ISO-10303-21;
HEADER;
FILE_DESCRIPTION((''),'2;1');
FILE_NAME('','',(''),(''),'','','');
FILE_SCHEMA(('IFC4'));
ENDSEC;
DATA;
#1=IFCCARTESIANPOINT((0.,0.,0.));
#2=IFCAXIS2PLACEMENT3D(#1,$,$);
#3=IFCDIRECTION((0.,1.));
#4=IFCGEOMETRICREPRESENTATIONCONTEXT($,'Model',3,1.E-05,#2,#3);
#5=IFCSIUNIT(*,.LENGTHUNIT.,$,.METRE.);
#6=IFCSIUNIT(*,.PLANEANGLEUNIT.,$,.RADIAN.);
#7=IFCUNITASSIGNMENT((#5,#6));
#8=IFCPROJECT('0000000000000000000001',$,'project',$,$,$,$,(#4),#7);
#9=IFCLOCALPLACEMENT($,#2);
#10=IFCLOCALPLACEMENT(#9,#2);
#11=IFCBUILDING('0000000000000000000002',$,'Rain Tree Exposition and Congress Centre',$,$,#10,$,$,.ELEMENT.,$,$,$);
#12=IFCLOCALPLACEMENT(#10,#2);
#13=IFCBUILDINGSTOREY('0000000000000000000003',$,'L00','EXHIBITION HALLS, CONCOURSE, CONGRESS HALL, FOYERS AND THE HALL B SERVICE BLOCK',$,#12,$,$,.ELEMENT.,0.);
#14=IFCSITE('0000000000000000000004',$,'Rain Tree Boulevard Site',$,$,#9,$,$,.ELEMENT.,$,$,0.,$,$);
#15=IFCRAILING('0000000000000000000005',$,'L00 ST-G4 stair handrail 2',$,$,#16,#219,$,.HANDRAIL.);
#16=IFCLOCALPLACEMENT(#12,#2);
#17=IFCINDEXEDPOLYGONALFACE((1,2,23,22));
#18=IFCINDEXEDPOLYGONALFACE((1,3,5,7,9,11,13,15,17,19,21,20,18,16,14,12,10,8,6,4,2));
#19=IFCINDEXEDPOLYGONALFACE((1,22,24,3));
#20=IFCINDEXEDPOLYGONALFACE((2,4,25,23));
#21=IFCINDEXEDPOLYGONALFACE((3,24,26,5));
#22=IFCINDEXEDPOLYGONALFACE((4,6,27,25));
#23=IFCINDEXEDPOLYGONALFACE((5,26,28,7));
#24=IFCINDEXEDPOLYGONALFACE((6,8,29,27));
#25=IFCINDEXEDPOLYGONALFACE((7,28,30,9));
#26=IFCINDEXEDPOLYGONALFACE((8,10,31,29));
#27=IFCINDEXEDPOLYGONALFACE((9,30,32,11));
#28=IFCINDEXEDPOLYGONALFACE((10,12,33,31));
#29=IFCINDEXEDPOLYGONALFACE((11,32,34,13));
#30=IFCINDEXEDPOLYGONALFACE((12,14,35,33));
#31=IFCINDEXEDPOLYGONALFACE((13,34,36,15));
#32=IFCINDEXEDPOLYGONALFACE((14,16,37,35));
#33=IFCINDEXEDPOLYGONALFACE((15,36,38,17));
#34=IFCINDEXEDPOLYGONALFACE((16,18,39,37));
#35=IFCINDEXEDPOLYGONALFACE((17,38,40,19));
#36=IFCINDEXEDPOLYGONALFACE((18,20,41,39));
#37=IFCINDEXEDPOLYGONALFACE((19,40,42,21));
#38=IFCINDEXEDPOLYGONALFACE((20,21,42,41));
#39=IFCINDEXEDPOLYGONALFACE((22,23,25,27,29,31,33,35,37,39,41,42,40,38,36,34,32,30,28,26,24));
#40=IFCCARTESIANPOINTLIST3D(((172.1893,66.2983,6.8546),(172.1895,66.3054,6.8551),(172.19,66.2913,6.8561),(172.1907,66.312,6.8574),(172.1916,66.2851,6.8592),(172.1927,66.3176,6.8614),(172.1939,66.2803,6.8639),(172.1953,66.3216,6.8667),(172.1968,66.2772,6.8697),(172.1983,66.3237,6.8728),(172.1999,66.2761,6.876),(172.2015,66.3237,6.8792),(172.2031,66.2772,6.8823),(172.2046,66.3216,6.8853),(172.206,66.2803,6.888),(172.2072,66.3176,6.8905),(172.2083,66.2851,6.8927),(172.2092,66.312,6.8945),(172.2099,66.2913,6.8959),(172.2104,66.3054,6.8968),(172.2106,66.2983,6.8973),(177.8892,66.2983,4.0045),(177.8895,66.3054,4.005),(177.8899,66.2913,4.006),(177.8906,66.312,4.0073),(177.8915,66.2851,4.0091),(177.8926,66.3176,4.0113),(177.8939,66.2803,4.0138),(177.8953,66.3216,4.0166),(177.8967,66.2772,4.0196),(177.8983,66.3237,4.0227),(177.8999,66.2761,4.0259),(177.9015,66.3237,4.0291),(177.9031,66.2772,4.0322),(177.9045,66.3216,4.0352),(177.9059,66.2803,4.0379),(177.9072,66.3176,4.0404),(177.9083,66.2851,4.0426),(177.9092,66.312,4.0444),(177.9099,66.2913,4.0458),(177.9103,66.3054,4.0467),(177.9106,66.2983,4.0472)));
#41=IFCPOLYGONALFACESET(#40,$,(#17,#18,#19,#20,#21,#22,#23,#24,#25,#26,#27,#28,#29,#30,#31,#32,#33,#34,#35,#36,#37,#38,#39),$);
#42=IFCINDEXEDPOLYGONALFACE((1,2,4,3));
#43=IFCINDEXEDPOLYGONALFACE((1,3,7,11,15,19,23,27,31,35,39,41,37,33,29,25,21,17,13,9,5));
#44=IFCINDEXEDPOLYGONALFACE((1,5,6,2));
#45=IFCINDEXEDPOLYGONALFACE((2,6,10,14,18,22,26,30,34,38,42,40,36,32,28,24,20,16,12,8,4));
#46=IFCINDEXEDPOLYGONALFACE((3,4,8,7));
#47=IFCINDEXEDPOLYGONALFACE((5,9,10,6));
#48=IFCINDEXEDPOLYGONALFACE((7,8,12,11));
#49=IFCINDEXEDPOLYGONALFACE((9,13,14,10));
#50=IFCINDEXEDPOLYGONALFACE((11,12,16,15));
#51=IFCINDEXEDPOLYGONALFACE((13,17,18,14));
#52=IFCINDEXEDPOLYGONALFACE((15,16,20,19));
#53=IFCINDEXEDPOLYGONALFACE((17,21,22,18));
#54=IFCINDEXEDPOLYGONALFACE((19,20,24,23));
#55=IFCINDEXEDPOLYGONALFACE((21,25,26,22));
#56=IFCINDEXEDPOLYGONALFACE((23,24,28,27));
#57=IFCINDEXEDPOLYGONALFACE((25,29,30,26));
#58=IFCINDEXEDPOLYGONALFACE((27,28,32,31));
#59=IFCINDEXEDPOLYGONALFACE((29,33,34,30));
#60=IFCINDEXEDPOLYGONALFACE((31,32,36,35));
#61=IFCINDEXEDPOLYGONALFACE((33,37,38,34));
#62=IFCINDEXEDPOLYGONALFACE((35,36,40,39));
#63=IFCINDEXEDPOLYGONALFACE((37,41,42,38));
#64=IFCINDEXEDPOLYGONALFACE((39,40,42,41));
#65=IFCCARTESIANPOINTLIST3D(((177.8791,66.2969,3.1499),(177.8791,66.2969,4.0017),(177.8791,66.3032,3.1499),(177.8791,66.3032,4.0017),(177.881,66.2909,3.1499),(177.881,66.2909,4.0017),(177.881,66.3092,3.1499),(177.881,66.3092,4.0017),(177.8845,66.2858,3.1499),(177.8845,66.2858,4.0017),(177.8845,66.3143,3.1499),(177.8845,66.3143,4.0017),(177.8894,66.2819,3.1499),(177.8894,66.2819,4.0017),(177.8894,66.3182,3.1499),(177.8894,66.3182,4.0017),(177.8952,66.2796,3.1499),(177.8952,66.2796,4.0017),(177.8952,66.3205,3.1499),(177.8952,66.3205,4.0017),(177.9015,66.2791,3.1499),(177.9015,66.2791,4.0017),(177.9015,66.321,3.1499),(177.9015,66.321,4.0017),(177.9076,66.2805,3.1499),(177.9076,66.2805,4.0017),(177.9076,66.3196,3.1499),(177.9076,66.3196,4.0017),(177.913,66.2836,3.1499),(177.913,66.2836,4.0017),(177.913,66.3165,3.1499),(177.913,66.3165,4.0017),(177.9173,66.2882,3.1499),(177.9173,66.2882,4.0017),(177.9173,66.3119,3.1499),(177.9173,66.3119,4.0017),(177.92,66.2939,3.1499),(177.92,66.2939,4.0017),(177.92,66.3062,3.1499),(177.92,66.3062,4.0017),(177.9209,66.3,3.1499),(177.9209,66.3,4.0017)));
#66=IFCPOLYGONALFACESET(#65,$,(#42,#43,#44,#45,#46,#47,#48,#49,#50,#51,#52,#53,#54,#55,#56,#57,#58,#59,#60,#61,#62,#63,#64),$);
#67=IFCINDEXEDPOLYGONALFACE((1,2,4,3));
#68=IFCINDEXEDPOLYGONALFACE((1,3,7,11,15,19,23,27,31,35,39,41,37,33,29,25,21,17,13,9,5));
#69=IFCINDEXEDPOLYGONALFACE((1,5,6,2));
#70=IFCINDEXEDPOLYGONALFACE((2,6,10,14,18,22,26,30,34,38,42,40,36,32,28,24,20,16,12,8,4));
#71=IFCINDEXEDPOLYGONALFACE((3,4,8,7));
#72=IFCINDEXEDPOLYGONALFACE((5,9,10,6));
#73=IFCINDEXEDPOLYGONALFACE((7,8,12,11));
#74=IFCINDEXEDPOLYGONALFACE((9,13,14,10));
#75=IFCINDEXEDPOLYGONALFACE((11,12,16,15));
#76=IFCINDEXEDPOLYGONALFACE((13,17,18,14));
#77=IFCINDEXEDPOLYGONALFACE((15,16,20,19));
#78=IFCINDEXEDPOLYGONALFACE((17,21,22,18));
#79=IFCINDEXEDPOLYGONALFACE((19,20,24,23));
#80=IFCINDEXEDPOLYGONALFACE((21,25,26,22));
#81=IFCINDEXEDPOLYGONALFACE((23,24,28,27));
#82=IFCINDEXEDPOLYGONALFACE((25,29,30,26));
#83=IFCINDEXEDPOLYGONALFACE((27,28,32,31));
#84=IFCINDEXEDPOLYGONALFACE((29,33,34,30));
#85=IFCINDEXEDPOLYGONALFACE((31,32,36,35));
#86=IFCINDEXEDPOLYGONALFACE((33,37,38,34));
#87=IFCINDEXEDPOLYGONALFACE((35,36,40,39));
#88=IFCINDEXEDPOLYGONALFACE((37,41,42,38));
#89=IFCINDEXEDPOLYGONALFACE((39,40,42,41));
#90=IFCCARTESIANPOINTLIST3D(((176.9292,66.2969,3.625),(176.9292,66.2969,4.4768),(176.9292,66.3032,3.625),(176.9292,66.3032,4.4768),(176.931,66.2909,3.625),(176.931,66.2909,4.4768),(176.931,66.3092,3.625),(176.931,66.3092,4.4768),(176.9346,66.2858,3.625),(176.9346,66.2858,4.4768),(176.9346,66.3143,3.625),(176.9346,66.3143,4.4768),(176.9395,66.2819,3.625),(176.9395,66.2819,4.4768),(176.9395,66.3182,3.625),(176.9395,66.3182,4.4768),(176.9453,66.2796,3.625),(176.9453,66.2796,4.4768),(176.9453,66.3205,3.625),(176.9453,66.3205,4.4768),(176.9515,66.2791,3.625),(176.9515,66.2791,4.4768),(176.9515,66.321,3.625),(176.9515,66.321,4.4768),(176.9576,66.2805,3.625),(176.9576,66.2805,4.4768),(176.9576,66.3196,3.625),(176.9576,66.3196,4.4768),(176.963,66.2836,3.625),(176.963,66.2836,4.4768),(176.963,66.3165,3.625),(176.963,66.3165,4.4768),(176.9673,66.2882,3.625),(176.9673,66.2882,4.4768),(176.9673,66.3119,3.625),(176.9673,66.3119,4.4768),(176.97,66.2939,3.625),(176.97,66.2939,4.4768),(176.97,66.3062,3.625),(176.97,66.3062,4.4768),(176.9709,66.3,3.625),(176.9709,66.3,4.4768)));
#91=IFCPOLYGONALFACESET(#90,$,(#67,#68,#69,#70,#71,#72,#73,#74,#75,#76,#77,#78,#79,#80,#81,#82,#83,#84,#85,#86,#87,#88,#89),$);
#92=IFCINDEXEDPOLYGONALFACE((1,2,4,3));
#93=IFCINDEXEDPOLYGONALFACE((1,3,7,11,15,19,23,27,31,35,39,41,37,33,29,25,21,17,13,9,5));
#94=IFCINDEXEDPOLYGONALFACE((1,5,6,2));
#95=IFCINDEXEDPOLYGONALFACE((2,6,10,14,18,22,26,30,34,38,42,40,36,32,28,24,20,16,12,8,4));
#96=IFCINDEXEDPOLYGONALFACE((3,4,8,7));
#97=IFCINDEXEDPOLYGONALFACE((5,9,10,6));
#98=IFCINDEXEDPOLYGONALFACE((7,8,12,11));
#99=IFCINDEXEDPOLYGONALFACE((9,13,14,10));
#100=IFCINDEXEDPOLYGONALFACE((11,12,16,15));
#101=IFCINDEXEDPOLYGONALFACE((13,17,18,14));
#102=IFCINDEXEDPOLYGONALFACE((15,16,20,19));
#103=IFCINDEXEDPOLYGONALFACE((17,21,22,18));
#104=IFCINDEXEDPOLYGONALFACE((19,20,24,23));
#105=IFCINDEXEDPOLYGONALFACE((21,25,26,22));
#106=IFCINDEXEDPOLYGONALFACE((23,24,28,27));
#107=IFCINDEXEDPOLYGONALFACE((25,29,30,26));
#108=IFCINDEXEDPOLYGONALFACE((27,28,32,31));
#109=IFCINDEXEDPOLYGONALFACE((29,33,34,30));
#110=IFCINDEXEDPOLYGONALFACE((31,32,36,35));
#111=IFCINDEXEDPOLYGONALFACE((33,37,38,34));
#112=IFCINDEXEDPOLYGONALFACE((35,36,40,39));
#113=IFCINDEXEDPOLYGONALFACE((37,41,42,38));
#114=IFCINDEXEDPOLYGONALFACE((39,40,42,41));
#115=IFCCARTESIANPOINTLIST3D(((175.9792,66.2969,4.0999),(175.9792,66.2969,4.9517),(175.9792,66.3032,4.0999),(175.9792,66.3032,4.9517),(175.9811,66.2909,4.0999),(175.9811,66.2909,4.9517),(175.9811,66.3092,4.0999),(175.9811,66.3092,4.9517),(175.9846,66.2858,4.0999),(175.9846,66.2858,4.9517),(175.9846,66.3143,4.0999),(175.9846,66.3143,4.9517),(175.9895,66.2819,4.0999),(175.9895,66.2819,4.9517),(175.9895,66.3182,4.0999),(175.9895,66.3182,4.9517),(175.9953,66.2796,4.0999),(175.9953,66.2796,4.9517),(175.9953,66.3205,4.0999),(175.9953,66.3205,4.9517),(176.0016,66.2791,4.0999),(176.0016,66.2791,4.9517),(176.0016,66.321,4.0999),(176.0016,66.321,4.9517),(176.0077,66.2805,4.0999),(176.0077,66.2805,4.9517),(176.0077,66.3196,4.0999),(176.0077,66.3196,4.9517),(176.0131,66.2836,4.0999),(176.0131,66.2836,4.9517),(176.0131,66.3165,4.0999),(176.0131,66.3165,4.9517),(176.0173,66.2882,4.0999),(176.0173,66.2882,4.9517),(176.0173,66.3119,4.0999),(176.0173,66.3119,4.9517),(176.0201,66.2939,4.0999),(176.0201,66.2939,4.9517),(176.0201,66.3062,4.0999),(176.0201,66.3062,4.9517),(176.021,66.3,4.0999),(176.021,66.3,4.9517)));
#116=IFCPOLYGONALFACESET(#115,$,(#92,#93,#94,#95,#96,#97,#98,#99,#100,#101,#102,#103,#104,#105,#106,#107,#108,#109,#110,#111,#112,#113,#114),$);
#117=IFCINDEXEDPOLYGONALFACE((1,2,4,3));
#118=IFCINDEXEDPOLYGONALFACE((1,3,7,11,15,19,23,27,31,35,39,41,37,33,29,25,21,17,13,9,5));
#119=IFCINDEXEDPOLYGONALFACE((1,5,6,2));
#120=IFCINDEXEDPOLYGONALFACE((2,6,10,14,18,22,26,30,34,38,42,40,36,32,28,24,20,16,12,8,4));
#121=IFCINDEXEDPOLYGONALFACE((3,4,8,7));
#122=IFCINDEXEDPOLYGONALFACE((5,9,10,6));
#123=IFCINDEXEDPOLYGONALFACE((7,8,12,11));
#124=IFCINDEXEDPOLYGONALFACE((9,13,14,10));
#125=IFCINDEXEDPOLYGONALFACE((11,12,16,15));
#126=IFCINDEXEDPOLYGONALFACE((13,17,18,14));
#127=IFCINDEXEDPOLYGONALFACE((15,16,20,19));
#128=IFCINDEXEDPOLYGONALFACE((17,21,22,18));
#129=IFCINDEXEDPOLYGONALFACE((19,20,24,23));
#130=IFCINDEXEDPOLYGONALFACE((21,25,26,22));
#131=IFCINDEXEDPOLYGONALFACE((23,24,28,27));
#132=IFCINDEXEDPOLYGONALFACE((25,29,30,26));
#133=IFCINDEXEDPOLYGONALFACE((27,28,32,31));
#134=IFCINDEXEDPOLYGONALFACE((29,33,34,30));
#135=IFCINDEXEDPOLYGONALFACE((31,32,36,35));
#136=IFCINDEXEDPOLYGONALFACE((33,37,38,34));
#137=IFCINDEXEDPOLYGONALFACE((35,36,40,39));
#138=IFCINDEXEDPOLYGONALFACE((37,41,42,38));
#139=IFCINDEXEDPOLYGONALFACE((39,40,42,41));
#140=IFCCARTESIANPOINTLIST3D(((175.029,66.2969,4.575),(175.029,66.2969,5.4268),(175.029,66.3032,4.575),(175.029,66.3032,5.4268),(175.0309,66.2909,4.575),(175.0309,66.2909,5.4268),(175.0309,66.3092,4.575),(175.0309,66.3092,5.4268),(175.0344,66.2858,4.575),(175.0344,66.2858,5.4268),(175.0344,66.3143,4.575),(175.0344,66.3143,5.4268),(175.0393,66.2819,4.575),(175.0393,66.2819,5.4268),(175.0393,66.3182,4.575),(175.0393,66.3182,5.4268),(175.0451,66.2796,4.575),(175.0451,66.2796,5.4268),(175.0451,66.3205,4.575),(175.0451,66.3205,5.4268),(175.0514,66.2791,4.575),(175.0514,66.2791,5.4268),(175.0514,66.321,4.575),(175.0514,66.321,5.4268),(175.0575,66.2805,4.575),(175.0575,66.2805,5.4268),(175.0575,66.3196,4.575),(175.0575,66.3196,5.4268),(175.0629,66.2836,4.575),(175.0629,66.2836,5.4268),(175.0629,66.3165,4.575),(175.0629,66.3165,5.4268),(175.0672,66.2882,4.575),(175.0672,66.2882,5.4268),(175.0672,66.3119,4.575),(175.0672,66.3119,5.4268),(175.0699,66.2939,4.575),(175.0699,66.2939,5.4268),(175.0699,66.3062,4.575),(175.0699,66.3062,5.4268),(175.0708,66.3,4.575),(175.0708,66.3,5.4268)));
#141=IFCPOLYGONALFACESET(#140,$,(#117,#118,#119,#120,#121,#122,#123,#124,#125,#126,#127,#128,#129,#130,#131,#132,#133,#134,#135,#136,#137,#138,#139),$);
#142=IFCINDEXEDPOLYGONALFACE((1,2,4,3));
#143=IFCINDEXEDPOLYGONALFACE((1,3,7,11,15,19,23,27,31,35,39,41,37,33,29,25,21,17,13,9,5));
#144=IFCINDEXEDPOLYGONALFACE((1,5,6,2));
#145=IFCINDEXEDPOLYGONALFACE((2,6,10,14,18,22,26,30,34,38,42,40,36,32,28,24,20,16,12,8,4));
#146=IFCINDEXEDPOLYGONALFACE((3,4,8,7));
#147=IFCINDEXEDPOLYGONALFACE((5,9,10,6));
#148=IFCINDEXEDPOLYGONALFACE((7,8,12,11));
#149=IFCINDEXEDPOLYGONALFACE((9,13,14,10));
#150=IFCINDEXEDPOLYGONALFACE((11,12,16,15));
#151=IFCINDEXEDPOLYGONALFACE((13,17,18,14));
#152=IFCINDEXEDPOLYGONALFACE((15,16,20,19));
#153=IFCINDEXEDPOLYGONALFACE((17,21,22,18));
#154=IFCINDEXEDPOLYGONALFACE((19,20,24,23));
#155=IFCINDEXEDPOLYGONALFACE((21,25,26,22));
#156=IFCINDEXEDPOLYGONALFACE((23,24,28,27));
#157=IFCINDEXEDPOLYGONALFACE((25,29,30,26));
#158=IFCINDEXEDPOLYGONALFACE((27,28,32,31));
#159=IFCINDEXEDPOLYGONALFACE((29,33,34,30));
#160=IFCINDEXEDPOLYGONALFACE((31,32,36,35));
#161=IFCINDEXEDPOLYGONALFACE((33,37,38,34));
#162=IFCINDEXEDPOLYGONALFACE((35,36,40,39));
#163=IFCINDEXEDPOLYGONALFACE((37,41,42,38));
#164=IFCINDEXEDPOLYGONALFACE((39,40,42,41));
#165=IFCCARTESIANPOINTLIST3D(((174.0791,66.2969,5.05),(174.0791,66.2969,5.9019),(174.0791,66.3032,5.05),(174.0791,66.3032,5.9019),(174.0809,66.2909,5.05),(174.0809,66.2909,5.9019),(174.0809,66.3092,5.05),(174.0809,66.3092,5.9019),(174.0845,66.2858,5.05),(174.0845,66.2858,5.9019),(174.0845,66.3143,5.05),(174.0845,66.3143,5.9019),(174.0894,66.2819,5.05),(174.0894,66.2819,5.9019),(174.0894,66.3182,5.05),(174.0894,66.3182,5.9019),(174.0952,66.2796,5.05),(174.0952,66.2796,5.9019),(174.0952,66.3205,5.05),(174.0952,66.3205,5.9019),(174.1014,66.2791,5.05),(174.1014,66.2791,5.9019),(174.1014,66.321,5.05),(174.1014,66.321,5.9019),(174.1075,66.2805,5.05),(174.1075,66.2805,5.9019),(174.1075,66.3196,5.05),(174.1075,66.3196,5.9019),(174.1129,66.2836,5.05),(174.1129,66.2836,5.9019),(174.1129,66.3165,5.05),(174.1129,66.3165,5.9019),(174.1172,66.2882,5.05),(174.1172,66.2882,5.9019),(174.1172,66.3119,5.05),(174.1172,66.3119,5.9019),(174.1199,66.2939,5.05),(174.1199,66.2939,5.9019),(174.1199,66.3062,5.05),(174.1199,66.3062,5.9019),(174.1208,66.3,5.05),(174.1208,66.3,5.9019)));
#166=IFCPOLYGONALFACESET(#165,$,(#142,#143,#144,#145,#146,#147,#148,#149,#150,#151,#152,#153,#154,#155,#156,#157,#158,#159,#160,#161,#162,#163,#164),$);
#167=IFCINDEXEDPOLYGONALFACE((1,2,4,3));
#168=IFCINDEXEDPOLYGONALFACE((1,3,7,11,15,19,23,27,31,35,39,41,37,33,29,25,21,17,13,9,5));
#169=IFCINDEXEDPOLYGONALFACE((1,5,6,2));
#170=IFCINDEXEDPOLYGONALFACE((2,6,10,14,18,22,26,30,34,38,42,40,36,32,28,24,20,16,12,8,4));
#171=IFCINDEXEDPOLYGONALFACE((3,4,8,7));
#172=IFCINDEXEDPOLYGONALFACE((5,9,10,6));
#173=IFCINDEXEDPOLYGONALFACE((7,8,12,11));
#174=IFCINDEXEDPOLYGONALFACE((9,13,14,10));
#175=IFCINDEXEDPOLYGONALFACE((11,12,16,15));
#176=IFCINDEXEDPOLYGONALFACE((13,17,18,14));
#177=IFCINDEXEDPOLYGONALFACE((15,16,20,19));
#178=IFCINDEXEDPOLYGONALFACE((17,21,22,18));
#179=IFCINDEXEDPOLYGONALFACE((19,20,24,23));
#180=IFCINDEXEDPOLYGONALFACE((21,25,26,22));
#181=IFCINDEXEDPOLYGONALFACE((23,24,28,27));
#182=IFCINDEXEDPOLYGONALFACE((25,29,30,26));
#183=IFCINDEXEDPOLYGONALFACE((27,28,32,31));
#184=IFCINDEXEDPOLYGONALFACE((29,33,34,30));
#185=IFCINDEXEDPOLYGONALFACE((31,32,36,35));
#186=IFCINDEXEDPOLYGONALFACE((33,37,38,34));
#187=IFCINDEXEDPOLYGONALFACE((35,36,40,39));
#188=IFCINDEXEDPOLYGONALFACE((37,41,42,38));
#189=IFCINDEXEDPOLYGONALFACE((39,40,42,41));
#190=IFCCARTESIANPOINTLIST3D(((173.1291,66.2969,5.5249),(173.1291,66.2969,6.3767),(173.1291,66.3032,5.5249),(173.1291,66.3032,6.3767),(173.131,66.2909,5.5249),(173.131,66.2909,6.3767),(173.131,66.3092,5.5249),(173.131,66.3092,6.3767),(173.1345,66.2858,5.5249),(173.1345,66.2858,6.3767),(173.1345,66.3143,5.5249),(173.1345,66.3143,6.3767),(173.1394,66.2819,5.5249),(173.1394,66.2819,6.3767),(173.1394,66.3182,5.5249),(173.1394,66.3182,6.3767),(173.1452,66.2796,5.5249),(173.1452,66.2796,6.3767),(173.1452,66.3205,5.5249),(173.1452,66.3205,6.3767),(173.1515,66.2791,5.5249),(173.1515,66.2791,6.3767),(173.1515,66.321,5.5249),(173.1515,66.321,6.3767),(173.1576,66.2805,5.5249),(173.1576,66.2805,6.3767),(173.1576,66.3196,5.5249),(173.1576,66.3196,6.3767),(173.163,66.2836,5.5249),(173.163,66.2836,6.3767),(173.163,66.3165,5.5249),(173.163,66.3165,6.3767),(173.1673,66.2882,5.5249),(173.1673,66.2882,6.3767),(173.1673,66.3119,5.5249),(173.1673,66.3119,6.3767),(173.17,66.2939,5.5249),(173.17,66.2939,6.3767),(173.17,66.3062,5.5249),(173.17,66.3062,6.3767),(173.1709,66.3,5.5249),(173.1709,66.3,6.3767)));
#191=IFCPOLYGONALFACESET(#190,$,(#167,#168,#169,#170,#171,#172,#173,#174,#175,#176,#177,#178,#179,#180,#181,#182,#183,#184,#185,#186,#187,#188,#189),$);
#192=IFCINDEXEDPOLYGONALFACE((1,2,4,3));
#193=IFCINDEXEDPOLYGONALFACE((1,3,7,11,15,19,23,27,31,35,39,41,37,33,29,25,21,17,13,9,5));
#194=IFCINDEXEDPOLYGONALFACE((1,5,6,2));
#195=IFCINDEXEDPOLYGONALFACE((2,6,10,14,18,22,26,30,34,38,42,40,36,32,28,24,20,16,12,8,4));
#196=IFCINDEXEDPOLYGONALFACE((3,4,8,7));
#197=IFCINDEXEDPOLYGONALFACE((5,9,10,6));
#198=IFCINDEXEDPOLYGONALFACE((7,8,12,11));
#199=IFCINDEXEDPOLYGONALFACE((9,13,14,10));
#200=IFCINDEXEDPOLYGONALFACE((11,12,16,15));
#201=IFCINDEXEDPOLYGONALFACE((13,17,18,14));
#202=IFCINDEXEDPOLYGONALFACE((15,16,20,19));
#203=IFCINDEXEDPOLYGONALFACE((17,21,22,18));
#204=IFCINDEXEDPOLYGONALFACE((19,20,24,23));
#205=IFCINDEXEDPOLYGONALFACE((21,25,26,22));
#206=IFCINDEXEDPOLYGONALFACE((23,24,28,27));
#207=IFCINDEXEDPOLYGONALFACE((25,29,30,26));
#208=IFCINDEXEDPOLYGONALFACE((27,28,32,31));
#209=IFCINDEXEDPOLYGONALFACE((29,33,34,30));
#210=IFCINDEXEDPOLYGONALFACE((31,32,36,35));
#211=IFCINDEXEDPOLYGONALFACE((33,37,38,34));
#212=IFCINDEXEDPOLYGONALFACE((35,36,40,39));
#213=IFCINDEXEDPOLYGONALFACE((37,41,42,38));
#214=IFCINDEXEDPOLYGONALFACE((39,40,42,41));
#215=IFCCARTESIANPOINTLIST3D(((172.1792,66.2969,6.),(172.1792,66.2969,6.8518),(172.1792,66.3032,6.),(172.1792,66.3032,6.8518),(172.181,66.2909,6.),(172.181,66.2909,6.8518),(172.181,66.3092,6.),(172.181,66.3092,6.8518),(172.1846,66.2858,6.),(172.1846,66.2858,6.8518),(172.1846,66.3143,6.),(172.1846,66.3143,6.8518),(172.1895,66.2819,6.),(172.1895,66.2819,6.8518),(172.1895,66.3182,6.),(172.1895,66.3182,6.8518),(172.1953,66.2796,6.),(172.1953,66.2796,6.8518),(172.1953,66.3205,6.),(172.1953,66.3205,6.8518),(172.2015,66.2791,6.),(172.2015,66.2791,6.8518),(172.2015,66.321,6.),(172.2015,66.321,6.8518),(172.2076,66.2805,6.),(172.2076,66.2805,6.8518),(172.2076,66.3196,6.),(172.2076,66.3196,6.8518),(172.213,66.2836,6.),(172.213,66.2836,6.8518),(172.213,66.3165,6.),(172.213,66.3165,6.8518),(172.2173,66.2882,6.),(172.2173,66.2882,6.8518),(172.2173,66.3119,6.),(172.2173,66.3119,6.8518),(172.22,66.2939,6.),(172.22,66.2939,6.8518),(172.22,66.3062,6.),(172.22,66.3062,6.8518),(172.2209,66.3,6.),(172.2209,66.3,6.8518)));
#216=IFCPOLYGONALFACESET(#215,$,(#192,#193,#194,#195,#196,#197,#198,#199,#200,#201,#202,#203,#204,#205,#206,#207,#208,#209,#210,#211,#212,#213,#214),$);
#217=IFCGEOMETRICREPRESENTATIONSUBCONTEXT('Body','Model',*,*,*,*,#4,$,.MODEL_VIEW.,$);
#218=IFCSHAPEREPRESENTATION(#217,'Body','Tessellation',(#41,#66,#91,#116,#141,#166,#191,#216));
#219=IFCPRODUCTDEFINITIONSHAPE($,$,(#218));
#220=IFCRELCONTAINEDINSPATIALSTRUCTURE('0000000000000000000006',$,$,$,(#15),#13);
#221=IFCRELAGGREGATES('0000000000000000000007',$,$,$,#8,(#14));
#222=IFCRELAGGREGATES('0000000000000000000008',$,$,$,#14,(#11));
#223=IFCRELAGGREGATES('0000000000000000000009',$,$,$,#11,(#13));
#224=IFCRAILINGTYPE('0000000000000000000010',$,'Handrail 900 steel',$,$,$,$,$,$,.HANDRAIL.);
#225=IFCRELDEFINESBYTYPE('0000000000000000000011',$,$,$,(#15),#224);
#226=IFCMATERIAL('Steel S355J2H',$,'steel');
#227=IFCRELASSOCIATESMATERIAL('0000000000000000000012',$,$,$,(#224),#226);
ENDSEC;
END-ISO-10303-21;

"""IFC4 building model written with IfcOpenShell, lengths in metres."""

from ifc_helpers import new_model, si_unit, direction, frame, origin, origin_2d, place, context, subcontext, project, spatial, circle, extrude, material, type_object, element, save


model = new_model("IFC4")

# Units and contexts
model_context = context("Model", 3, precision=1e-05, world=origin(), true_north=direction((0.0, 1.0)))
body_context = subcontext(model_context, "Body", "Model", "MODEL_VIEW")
ifc_project = project(units=[si_unit("LENGTHUNIT", "METRE"), si_unit("PLANEANGLEUNIT", "RADIAN")], contexts=[model_context])

# Site, building, storey
site_placement = place(None, origin())
site = spatial("IfcSite", under=ifc_project, at=site_placement, Name="Rain Tree Boulevard Site", CompositionType="ELEMENT", RefElevation=0.0)
building_placement = place(site_placement, origin())
building = spatial("IfcBuilding", under=site, at=building_placement, Name="Rain Tree Exposition and Congress Centre", CompositionType="ELEMENT")
storey_placement = place(building_placement, origin())
storey = spatial("IfcBuildingStorey", under=building, at=storey_placement, Name="L00", Description="EXHIBITION HALLS, CONCOURSE, CONGRESS HALL, FOYERS AND THE HALL B SERVICE BLOCK", CompositionType="ELEMENT", Elevation=0.0)

# Railing
ifc_material_1 = material(Name="Steel S355J2H", Category="steel")
railing_type_1 = type_object("IfcRailingType", Name="Handrail 900 steel", PredefinedType="HANDRAIL", material=ifc_material_1)
for number, where, name in (
    (1, (177.8999, 66.3, 3.1499), "L00 ST-G4 stair handrail 2"),
):
    element("IfcRailing", number, at=place(storey_placement, frame(where)), inside=storey, type_object=railing_type_1, Name=name, PredefinedType="HANDRAIL", context=body_context, shape_type="SweptSolid", body=[
        extrude(circle(Radius=0.0239, at=origin_2d()), frame((0.0, 0.0, 0.876), z_axis=(-0.89442, 0.0, 0.447229), x_axis=(0.0, -1.0, 0.0)), (0.0, 0.0, 1.0), 6.3728),
        extrude(circle(Radius=0.021, at=origin_2d()), origin(), (0.0, 0.0, 1.0), 0.8518),
        extrude(circle(Radius=0.021, at=origin_2d()), frame((-0.95, 0.0, 0.4751)), (0.0, 0.0, 1.0), 0.8518),
        extrude(circle(Radius=0.021, at=origin_2d()), frame((-1.8999, 0.0, 0.95)), (0.0, 0.0, 1.0), 0.8518),
        extrude(circle(Radius=0.021, at=origin_2d()), frame((-2.8501, 0.0, 1.425)), (0.0, 0.0, 1.0), 0.8518),
        extrude(circle(Radius=0.021, at=origin_2d()), frame((-3.8, 0.0, 1.9001)), (0.0, 0.0, 1.0), 0.8518),
        extrude(circle(Radius=0.021, at=origin_2d()), frame((-4.75, 0.0, 2.375)), (0.0, 0.0, 1.0), 0.8518),
        extrude(circle(Radius=0.021, at=origin_2d()), frame((-5.7, 0.0, 2.8501)), (0.0, 0.0, 1.0), 0.8518),
    ])

save(model, "model.ifc")
